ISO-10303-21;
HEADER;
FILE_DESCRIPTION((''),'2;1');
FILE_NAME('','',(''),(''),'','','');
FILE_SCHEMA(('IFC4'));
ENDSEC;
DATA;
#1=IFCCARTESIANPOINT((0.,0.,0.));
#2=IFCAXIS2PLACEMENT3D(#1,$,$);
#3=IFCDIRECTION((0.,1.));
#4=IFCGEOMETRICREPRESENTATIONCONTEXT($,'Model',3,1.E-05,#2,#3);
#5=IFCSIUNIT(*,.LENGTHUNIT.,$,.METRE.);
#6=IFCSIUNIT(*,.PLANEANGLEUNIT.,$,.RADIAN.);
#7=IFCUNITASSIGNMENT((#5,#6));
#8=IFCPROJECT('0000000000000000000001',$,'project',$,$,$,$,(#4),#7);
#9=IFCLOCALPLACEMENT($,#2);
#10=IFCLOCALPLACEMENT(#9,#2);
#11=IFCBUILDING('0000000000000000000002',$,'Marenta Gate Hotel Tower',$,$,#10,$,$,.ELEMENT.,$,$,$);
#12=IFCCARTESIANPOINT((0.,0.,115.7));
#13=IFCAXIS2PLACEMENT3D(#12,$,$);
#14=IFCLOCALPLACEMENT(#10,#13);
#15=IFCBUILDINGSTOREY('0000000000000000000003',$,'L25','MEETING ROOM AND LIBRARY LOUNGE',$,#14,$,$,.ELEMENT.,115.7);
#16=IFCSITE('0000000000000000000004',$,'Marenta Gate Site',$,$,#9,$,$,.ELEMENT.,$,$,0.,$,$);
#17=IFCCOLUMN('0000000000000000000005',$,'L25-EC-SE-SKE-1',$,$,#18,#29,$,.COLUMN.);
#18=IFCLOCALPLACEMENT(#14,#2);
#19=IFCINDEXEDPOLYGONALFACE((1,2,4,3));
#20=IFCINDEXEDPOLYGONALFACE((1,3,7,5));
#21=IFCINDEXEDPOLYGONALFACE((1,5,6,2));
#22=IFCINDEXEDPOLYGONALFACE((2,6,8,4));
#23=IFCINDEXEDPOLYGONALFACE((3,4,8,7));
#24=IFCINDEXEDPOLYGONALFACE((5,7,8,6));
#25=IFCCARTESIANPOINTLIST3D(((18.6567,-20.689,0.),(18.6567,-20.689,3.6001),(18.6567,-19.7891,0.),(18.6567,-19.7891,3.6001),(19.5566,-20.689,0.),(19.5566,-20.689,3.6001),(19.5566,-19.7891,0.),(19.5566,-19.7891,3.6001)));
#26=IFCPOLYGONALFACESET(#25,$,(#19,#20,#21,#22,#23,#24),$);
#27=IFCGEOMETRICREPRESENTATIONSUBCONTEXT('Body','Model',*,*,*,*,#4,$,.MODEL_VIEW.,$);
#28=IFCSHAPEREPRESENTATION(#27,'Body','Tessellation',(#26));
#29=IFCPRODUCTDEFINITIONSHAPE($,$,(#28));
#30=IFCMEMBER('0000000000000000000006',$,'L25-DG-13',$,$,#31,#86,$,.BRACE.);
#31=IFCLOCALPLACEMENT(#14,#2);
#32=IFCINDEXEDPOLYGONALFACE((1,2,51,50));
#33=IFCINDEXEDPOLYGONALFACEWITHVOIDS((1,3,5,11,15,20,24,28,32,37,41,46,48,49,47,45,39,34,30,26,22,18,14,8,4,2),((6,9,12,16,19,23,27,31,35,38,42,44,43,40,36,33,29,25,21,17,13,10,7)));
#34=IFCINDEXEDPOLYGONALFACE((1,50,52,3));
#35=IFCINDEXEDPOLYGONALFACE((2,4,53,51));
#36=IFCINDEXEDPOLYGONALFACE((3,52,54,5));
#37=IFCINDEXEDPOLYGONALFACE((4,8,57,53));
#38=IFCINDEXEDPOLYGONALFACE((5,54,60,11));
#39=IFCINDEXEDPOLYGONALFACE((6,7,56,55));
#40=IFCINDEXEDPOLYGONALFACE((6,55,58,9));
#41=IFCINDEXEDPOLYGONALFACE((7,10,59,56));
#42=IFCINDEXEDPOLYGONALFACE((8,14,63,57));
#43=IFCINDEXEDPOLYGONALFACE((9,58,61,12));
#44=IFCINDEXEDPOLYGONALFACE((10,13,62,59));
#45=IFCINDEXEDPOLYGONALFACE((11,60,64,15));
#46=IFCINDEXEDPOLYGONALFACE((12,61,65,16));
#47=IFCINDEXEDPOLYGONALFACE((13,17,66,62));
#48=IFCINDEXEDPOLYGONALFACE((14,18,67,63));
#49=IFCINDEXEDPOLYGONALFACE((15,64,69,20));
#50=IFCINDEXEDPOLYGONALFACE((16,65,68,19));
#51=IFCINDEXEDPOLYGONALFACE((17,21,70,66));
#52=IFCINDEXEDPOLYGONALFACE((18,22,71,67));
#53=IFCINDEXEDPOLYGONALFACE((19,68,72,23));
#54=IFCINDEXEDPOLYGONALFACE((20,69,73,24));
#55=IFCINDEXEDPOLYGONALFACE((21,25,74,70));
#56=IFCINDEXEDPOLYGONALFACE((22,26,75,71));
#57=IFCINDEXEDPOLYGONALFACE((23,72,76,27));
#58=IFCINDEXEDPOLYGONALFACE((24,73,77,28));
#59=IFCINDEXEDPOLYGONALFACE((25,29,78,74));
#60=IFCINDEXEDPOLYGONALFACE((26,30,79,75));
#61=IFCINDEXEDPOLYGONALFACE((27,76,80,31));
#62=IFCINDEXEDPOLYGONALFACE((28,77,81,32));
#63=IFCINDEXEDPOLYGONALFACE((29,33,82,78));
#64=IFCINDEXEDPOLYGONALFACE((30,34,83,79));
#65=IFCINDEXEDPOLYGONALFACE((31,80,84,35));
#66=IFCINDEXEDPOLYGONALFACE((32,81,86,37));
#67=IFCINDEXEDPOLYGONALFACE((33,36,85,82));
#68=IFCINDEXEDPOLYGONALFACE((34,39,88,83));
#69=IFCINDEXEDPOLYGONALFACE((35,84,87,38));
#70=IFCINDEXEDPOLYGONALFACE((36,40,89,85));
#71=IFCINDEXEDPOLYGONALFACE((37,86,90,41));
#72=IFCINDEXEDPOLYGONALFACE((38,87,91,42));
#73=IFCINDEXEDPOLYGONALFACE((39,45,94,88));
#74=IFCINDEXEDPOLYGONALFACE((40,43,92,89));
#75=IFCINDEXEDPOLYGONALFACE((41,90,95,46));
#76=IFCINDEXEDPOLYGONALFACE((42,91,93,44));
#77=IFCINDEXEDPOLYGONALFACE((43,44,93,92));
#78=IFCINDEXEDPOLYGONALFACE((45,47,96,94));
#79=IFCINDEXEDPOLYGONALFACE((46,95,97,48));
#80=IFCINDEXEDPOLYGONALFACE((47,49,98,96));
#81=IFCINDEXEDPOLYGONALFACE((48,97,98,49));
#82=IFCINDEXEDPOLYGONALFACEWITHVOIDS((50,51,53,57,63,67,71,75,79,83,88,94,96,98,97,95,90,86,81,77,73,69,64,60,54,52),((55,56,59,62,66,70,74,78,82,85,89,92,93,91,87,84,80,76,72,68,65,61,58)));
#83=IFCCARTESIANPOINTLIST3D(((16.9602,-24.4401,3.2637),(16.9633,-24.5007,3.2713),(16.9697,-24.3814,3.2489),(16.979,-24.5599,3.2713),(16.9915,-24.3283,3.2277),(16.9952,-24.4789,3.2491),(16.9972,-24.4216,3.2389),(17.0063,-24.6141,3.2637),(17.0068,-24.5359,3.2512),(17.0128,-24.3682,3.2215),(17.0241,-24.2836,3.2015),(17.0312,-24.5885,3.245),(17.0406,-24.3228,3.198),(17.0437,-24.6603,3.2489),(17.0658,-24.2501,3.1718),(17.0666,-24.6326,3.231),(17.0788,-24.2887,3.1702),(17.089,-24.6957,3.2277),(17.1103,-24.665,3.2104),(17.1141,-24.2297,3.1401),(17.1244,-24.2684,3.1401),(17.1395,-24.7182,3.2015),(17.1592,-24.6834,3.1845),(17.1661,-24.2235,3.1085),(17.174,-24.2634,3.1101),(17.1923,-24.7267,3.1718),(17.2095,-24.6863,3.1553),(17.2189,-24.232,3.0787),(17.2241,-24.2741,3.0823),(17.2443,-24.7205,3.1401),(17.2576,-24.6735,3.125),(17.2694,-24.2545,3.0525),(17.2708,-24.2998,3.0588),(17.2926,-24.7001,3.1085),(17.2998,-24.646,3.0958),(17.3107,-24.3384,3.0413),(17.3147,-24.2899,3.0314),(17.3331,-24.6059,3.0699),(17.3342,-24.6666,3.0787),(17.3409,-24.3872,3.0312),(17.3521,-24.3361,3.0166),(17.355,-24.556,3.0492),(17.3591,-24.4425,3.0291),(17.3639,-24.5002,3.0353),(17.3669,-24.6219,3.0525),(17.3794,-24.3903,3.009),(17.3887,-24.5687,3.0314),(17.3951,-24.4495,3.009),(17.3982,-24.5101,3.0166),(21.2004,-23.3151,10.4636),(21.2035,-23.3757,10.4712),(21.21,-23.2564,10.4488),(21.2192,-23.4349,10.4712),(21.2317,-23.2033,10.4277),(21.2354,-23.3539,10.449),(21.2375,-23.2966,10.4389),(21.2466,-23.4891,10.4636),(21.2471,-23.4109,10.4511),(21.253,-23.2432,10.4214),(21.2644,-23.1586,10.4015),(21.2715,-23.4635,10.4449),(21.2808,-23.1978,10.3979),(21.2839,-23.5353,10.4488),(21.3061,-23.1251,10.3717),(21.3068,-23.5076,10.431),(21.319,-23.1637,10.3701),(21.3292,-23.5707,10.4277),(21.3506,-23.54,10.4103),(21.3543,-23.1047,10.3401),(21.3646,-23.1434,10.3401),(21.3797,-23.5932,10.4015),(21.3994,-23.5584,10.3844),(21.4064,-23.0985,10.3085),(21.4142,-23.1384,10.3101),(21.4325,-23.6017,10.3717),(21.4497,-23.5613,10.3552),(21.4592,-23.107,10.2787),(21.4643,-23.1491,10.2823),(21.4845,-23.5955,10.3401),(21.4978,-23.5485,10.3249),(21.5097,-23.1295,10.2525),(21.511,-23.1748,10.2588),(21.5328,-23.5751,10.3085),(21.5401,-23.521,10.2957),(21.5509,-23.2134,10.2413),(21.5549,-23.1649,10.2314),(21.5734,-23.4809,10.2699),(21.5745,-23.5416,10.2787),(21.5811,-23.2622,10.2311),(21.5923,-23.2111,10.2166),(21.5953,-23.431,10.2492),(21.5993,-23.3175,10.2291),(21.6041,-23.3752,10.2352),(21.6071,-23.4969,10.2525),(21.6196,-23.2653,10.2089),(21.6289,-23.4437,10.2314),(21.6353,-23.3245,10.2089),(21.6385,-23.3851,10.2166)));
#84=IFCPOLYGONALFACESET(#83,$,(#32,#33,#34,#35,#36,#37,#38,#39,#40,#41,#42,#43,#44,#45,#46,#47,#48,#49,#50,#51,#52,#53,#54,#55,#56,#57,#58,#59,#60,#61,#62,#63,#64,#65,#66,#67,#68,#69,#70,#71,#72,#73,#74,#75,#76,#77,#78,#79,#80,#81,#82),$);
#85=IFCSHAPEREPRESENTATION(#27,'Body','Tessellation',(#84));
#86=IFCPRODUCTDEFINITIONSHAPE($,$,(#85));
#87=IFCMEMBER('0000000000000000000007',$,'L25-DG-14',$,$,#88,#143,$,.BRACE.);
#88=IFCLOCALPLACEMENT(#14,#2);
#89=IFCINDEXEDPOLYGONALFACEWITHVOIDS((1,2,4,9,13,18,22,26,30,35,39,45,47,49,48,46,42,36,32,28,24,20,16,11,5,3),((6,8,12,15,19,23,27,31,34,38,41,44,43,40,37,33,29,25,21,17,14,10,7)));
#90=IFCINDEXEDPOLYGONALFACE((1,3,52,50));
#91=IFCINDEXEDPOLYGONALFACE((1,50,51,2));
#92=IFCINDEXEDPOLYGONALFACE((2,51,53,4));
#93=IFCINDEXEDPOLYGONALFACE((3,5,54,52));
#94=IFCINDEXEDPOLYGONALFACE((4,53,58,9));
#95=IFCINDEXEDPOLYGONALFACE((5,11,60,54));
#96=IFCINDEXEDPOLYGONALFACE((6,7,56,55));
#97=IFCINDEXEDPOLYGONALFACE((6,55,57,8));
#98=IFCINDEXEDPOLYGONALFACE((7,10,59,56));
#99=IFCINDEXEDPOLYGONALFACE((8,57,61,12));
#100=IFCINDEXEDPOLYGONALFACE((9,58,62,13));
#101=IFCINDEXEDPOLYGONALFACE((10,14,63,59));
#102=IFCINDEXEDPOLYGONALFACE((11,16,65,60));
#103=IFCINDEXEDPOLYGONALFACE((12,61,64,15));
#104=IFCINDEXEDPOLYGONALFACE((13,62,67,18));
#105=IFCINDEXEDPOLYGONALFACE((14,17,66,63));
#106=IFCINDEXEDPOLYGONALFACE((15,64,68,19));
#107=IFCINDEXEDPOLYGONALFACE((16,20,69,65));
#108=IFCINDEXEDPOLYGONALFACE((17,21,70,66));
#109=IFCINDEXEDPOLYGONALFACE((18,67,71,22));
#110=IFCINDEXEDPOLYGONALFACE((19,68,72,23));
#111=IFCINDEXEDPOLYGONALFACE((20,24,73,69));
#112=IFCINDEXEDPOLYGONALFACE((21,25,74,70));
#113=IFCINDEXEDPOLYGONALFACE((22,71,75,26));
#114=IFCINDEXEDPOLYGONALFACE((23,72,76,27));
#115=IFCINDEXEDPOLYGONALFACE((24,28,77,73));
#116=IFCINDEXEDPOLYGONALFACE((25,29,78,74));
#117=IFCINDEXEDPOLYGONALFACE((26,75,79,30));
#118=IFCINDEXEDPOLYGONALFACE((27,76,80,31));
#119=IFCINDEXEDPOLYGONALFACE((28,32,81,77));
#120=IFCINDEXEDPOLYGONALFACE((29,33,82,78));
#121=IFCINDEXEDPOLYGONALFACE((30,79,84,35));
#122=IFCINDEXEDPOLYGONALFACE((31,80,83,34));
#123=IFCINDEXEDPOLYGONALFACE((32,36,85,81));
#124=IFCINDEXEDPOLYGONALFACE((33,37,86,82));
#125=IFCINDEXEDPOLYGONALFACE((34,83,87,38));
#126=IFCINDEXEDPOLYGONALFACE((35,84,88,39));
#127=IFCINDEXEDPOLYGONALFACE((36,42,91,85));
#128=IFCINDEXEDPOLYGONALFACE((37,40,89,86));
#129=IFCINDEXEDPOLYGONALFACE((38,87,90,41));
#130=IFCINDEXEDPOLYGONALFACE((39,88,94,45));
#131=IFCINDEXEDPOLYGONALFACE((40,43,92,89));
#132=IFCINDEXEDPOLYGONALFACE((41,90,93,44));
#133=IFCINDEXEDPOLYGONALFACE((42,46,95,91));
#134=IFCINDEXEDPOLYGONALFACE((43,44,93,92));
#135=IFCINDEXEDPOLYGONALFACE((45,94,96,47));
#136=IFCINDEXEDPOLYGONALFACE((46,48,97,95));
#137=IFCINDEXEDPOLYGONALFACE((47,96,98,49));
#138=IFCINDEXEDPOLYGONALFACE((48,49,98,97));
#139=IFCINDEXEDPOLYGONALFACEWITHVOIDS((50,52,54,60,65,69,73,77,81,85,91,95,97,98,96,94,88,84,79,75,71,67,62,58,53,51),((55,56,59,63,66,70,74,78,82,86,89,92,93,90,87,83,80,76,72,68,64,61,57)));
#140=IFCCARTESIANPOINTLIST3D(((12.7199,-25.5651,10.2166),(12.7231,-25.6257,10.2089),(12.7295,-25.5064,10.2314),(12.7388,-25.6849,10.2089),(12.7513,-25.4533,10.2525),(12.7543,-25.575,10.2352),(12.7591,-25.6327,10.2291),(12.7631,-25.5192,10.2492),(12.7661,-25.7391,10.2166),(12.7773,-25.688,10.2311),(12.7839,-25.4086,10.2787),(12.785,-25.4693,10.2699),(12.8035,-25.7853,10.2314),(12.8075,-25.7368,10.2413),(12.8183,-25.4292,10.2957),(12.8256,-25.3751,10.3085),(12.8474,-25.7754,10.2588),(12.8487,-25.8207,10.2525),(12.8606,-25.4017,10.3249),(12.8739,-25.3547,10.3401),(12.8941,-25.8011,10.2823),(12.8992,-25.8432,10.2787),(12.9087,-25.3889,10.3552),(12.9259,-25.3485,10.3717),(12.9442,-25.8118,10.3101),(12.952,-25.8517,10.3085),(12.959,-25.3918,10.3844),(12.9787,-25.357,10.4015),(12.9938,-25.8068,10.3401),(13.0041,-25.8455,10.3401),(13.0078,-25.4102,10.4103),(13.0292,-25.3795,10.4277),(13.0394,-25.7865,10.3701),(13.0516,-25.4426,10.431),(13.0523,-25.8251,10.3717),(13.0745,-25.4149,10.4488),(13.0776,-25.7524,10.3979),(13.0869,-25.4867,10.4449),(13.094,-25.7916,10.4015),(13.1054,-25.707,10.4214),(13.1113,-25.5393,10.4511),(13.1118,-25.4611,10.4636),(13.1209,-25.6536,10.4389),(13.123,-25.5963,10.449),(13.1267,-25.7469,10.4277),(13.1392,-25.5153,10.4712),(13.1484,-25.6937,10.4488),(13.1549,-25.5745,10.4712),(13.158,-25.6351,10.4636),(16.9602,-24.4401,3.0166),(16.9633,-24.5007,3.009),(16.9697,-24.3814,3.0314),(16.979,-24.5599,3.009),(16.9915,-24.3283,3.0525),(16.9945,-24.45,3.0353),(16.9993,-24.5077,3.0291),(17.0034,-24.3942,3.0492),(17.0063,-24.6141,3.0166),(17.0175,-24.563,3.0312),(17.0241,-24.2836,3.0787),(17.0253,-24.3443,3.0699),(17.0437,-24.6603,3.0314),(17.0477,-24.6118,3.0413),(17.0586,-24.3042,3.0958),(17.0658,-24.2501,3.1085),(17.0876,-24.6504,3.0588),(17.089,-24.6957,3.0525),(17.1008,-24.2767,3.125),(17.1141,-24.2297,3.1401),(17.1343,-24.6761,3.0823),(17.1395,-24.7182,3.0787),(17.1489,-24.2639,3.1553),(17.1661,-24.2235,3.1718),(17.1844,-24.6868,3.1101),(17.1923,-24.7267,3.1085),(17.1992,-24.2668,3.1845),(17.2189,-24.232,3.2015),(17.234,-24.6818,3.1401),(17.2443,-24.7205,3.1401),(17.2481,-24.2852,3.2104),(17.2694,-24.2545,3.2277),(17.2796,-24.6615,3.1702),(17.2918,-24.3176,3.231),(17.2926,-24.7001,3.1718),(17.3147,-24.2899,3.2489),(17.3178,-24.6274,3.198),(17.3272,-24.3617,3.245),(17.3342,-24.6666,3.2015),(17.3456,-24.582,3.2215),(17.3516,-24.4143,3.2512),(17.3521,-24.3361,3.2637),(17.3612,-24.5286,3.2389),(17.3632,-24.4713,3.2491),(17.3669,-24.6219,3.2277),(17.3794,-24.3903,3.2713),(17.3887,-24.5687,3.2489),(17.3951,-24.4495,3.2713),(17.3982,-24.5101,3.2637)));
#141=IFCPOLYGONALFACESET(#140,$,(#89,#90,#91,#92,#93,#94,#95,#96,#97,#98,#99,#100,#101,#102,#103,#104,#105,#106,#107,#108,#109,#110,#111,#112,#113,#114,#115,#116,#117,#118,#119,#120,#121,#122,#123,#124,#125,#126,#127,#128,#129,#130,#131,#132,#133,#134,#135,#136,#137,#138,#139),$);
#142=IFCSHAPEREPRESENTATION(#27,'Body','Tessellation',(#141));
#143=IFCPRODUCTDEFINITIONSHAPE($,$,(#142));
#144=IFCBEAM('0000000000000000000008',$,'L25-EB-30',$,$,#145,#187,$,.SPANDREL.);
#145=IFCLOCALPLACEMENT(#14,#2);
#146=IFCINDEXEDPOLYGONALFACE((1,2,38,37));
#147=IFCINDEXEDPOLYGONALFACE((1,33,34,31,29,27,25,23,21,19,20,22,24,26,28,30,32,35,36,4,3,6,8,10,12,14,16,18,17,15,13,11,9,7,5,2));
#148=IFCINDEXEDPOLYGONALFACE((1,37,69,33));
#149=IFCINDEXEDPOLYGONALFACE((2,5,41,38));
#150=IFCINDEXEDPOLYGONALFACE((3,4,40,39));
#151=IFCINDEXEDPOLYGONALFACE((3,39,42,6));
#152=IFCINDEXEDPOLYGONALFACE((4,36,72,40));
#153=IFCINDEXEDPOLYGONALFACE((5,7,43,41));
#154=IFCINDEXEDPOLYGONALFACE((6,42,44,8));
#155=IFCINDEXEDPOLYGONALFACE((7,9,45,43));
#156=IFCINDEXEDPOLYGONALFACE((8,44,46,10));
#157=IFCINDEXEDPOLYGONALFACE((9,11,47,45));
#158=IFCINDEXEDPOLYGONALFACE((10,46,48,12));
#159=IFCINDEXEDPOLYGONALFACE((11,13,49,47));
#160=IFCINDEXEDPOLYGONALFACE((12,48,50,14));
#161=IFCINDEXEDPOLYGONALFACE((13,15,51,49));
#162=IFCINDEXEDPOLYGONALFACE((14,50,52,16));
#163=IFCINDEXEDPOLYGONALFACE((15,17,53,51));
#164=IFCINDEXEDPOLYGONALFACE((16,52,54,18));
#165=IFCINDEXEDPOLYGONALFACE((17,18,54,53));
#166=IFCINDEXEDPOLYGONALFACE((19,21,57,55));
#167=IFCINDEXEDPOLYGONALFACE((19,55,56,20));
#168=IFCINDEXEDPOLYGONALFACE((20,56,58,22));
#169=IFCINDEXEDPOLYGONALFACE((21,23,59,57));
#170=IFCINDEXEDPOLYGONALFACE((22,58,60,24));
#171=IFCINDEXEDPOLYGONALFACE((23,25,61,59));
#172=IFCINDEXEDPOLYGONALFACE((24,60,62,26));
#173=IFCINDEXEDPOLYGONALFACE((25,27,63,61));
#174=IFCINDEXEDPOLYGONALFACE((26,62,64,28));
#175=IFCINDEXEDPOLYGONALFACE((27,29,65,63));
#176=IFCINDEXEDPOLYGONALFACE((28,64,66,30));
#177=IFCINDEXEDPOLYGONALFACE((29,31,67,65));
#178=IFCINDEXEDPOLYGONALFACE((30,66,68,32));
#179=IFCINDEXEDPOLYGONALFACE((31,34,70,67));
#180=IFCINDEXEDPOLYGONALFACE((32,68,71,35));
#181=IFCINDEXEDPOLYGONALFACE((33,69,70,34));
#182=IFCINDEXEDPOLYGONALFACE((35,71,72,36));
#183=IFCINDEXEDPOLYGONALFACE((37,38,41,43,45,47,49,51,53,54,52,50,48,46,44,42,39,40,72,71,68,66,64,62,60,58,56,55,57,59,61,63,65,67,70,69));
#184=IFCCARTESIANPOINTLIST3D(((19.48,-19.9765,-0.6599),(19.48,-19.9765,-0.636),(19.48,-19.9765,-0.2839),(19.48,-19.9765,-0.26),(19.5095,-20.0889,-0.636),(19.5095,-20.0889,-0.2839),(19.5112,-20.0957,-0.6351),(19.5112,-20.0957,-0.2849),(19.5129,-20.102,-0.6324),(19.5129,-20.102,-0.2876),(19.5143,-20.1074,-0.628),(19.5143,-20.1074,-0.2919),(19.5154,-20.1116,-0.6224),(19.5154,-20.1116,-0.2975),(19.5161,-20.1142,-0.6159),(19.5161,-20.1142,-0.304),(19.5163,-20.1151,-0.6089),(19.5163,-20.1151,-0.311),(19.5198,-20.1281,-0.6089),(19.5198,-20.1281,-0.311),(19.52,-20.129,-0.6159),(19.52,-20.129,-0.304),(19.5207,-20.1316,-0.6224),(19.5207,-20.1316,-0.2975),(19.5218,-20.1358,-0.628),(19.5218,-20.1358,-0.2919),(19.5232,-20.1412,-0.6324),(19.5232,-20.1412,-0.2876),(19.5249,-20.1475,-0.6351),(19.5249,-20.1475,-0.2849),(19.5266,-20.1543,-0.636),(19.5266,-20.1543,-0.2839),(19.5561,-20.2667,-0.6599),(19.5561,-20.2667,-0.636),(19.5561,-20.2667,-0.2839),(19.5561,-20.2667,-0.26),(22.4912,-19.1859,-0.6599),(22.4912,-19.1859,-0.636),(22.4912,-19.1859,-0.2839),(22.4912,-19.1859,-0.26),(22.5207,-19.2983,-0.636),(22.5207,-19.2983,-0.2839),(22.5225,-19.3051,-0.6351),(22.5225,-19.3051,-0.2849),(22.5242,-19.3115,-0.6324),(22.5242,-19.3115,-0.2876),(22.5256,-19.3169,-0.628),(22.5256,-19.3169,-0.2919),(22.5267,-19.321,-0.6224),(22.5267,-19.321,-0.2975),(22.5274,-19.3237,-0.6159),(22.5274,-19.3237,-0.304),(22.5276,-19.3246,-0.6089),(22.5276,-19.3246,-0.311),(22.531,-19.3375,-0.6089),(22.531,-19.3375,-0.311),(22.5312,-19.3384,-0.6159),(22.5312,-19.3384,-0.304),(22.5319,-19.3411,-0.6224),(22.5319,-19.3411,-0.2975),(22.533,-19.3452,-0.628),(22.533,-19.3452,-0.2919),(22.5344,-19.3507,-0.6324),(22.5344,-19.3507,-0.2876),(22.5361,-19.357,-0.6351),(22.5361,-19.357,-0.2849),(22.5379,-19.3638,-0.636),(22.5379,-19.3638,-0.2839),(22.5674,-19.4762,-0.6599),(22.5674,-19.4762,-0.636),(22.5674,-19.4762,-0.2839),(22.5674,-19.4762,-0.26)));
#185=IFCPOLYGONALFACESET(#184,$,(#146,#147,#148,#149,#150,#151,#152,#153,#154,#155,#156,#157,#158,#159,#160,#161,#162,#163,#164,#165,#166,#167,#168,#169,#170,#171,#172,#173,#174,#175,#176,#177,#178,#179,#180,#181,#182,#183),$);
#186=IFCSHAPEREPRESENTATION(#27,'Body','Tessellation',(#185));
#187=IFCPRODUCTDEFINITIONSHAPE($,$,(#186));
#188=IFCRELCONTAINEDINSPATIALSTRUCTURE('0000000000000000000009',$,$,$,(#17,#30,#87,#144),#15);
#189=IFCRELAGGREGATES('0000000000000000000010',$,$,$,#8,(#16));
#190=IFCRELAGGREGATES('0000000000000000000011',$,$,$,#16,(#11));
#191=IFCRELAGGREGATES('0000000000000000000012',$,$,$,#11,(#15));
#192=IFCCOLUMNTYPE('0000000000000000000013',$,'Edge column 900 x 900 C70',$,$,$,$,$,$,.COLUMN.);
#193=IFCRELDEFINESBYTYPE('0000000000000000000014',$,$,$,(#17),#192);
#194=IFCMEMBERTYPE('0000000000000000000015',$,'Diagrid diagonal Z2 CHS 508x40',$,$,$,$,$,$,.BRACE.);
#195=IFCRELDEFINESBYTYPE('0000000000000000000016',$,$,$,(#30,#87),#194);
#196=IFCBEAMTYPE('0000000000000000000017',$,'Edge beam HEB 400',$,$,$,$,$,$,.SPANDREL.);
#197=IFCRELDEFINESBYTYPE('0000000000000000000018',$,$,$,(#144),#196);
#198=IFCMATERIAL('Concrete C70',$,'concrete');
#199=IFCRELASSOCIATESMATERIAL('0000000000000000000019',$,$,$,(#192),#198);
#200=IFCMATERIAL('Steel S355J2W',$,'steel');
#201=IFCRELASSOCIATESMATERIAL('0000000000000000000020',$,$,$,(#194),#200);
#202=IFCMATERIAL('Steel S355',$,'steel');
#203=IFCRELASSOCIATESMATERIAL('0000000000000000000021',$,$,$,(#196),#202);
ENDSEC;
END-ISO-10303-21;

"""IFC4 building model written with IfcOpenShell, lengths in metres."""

from ifc_helpers import new_model, si_unit, direction, frame, origin, origin_2d, place, context, subcontext, project, spatial, rectangle, hollow_circle, i_section, extrude, material, material_profile, profile_set, type_object, element, save


model = new_model("IFC4")

# Units and contexts
model_context = context("Model", 3, precision=1e-05, world=origin(), true_north=direction((0.0, 1.0)))
body_context = subcontext(model_context, "Body", "Model", "MODEL_VIEW")
ifc_project = project(units=[si_unit("LENGTHUNIT", "METRE"), si_unit("PLANEANGLEUNIT", "RADIAN")], contexts=[model_context])

# Site, building, storey
site_placement = place(None, origin())
site = spatial("IfcSite", under=ifc_project, at=site_placement, Name="Marenta Gate Site", CompositionType="ELEMENT", RefElevation=0.0)
building_placement = place(site_placement, origin())
building = spatial("IfcBuilding", under=site, at=building_placement, Name="Marenta Gate Hotel Tower", CompositionType="ELEMENT")
storey_placement = place(building_placement, frame((0.0, 0.0, 115.7)))
storey = spatial("IfcBuildingStorey", under=building, at=storey_placement, Name="L25", Description="MEETING ROOM AND LIBRARY LOUNGE", CompositionType="ELEMENT", Elevation=115.7)

# Column
ifc_material_1 = material(Name="Concrete C70", Category="concrete")
ifc_material_profile_1 = material_profile(ifc_material_1, rectangle(XDim=0.8999, YDim=0.8999, at=origin_2d()), Name="900 x 900")
ifc_profile_set_1 = profile_set([ifc_material_profile_1], Name="Concrete C70")
column_type = type_object("IfcColumnType", Name="Edge column 900 x 900 C70", PredefinedType="COLUMN", material=ifc_profile_set_1)
column_placement = place(storey_placement, frame((19.1067, -20.239, 0.0), z_axis=(0.0, 0.0, 1.0), x_axis=(1.0, 0.0, 0.0)))
element("IfcColumn", 1, at=column_placement, inside=storey, type_object=column_type, Name="L25-EC-SE-SKE-1", PredefinedType="COLUMN", context=body_context, shape_type="SweptSolid", body=[
    extrude(rectangle(XDim=0.8999, YDim=0.8999, at=origin_2d()), origin(), (0.0, 0.0, 1.0), 3.6001),
])

# Members
ifc_material_2 = material(Name="Steel S355J2W", Category="steel")
ifc_material_profile_2 = material_profile(ifc_material_2, hollow_circle(Radius=0.2539, WallThickness=0.04, at=origin_2d()), Name="CHS 508x40")
ifc_profile_set_2 = profile_set([ifc_material_profile_2], Name="Steel S355J2W")
member_type_1 = type_object("IfcMemberType", Name="Diagrid diagonal Z2 CHS 508x40", PredefinedType="BRACE", material=ifc_profile_set_2)
for number, where, z_axis, x_axis, name in (
    (2, (17.1792, -24.4751, 3.1401), (0.502924, 0.133434, 0.853969), (-0.256443, 0.966559, 0.0), "L25-DG-13"),
    (3, (17.1792, -24.4751, 3.1401), (-0.502924, -0.133434, 0.853969), (0.256443, -0.966559, 0.0), "L25-DG-14"),
):
    element("IfcMember", number, at=place(storey_placement, frame(where, z_axis=z_axis, x_axis=x_axis)), inside=storey, type_object=member_type_1, Name=name, PredefinedType="BRACE", context=body_context, shape_type="SweptSolid", body=[
        extrude(hollow_circle(Radius=0.2539, WallThickness=0.04, at=origin_2d()), origin(), (0.0, 0.0, 1.0), 8.4312),
    ])

# Beam
ifc_material_3 = material(Name="Steel S355", Category="steel")
ifc_material_profile_3 = material_profile(ifc_material_3, i_section(OverallWidth=0.3, OverallDepth=0.3999, WebThickness=0.0134, FlangeThickness=0.0239, FilletRadius=0.0271, at=origin_2d()), Name="HEB 400")
ifc_profile_set_3 = profile_set([ifc_material_profile_3], Name="Steel S355")
beam_type = type_object("IfcBeamType", Name="Edge beam HEB 400", PredefinedType="SPANDREL", material=ifc_profile_set_3)
beam_1_placement = place(storey_placement, frame((22.5293, -19.3311, -0.46), z_axis=(-0.967225, -0.253922, 0.0), x_axis=(0.253922, -0.967225, 0.0)))
element("IfcBeam", 4, at=beam_1_placement, inside=storey, type_object=beam_type, Name="L25-EB-30", PredefinedType="SPANDREL", context=body_context, shape_type="SweptSolid", body=[
    extrude(i_section(OverallWidth=0.3, OverallDepth=0.3999, WebThickness=0.0134, FlangeThickness=0.0239, FilletRadius=0.0271, at=origin_2d()), origin(), (0.0, 0.0, 1.0), 3.1133),
])

save(model, "model.ifc")
